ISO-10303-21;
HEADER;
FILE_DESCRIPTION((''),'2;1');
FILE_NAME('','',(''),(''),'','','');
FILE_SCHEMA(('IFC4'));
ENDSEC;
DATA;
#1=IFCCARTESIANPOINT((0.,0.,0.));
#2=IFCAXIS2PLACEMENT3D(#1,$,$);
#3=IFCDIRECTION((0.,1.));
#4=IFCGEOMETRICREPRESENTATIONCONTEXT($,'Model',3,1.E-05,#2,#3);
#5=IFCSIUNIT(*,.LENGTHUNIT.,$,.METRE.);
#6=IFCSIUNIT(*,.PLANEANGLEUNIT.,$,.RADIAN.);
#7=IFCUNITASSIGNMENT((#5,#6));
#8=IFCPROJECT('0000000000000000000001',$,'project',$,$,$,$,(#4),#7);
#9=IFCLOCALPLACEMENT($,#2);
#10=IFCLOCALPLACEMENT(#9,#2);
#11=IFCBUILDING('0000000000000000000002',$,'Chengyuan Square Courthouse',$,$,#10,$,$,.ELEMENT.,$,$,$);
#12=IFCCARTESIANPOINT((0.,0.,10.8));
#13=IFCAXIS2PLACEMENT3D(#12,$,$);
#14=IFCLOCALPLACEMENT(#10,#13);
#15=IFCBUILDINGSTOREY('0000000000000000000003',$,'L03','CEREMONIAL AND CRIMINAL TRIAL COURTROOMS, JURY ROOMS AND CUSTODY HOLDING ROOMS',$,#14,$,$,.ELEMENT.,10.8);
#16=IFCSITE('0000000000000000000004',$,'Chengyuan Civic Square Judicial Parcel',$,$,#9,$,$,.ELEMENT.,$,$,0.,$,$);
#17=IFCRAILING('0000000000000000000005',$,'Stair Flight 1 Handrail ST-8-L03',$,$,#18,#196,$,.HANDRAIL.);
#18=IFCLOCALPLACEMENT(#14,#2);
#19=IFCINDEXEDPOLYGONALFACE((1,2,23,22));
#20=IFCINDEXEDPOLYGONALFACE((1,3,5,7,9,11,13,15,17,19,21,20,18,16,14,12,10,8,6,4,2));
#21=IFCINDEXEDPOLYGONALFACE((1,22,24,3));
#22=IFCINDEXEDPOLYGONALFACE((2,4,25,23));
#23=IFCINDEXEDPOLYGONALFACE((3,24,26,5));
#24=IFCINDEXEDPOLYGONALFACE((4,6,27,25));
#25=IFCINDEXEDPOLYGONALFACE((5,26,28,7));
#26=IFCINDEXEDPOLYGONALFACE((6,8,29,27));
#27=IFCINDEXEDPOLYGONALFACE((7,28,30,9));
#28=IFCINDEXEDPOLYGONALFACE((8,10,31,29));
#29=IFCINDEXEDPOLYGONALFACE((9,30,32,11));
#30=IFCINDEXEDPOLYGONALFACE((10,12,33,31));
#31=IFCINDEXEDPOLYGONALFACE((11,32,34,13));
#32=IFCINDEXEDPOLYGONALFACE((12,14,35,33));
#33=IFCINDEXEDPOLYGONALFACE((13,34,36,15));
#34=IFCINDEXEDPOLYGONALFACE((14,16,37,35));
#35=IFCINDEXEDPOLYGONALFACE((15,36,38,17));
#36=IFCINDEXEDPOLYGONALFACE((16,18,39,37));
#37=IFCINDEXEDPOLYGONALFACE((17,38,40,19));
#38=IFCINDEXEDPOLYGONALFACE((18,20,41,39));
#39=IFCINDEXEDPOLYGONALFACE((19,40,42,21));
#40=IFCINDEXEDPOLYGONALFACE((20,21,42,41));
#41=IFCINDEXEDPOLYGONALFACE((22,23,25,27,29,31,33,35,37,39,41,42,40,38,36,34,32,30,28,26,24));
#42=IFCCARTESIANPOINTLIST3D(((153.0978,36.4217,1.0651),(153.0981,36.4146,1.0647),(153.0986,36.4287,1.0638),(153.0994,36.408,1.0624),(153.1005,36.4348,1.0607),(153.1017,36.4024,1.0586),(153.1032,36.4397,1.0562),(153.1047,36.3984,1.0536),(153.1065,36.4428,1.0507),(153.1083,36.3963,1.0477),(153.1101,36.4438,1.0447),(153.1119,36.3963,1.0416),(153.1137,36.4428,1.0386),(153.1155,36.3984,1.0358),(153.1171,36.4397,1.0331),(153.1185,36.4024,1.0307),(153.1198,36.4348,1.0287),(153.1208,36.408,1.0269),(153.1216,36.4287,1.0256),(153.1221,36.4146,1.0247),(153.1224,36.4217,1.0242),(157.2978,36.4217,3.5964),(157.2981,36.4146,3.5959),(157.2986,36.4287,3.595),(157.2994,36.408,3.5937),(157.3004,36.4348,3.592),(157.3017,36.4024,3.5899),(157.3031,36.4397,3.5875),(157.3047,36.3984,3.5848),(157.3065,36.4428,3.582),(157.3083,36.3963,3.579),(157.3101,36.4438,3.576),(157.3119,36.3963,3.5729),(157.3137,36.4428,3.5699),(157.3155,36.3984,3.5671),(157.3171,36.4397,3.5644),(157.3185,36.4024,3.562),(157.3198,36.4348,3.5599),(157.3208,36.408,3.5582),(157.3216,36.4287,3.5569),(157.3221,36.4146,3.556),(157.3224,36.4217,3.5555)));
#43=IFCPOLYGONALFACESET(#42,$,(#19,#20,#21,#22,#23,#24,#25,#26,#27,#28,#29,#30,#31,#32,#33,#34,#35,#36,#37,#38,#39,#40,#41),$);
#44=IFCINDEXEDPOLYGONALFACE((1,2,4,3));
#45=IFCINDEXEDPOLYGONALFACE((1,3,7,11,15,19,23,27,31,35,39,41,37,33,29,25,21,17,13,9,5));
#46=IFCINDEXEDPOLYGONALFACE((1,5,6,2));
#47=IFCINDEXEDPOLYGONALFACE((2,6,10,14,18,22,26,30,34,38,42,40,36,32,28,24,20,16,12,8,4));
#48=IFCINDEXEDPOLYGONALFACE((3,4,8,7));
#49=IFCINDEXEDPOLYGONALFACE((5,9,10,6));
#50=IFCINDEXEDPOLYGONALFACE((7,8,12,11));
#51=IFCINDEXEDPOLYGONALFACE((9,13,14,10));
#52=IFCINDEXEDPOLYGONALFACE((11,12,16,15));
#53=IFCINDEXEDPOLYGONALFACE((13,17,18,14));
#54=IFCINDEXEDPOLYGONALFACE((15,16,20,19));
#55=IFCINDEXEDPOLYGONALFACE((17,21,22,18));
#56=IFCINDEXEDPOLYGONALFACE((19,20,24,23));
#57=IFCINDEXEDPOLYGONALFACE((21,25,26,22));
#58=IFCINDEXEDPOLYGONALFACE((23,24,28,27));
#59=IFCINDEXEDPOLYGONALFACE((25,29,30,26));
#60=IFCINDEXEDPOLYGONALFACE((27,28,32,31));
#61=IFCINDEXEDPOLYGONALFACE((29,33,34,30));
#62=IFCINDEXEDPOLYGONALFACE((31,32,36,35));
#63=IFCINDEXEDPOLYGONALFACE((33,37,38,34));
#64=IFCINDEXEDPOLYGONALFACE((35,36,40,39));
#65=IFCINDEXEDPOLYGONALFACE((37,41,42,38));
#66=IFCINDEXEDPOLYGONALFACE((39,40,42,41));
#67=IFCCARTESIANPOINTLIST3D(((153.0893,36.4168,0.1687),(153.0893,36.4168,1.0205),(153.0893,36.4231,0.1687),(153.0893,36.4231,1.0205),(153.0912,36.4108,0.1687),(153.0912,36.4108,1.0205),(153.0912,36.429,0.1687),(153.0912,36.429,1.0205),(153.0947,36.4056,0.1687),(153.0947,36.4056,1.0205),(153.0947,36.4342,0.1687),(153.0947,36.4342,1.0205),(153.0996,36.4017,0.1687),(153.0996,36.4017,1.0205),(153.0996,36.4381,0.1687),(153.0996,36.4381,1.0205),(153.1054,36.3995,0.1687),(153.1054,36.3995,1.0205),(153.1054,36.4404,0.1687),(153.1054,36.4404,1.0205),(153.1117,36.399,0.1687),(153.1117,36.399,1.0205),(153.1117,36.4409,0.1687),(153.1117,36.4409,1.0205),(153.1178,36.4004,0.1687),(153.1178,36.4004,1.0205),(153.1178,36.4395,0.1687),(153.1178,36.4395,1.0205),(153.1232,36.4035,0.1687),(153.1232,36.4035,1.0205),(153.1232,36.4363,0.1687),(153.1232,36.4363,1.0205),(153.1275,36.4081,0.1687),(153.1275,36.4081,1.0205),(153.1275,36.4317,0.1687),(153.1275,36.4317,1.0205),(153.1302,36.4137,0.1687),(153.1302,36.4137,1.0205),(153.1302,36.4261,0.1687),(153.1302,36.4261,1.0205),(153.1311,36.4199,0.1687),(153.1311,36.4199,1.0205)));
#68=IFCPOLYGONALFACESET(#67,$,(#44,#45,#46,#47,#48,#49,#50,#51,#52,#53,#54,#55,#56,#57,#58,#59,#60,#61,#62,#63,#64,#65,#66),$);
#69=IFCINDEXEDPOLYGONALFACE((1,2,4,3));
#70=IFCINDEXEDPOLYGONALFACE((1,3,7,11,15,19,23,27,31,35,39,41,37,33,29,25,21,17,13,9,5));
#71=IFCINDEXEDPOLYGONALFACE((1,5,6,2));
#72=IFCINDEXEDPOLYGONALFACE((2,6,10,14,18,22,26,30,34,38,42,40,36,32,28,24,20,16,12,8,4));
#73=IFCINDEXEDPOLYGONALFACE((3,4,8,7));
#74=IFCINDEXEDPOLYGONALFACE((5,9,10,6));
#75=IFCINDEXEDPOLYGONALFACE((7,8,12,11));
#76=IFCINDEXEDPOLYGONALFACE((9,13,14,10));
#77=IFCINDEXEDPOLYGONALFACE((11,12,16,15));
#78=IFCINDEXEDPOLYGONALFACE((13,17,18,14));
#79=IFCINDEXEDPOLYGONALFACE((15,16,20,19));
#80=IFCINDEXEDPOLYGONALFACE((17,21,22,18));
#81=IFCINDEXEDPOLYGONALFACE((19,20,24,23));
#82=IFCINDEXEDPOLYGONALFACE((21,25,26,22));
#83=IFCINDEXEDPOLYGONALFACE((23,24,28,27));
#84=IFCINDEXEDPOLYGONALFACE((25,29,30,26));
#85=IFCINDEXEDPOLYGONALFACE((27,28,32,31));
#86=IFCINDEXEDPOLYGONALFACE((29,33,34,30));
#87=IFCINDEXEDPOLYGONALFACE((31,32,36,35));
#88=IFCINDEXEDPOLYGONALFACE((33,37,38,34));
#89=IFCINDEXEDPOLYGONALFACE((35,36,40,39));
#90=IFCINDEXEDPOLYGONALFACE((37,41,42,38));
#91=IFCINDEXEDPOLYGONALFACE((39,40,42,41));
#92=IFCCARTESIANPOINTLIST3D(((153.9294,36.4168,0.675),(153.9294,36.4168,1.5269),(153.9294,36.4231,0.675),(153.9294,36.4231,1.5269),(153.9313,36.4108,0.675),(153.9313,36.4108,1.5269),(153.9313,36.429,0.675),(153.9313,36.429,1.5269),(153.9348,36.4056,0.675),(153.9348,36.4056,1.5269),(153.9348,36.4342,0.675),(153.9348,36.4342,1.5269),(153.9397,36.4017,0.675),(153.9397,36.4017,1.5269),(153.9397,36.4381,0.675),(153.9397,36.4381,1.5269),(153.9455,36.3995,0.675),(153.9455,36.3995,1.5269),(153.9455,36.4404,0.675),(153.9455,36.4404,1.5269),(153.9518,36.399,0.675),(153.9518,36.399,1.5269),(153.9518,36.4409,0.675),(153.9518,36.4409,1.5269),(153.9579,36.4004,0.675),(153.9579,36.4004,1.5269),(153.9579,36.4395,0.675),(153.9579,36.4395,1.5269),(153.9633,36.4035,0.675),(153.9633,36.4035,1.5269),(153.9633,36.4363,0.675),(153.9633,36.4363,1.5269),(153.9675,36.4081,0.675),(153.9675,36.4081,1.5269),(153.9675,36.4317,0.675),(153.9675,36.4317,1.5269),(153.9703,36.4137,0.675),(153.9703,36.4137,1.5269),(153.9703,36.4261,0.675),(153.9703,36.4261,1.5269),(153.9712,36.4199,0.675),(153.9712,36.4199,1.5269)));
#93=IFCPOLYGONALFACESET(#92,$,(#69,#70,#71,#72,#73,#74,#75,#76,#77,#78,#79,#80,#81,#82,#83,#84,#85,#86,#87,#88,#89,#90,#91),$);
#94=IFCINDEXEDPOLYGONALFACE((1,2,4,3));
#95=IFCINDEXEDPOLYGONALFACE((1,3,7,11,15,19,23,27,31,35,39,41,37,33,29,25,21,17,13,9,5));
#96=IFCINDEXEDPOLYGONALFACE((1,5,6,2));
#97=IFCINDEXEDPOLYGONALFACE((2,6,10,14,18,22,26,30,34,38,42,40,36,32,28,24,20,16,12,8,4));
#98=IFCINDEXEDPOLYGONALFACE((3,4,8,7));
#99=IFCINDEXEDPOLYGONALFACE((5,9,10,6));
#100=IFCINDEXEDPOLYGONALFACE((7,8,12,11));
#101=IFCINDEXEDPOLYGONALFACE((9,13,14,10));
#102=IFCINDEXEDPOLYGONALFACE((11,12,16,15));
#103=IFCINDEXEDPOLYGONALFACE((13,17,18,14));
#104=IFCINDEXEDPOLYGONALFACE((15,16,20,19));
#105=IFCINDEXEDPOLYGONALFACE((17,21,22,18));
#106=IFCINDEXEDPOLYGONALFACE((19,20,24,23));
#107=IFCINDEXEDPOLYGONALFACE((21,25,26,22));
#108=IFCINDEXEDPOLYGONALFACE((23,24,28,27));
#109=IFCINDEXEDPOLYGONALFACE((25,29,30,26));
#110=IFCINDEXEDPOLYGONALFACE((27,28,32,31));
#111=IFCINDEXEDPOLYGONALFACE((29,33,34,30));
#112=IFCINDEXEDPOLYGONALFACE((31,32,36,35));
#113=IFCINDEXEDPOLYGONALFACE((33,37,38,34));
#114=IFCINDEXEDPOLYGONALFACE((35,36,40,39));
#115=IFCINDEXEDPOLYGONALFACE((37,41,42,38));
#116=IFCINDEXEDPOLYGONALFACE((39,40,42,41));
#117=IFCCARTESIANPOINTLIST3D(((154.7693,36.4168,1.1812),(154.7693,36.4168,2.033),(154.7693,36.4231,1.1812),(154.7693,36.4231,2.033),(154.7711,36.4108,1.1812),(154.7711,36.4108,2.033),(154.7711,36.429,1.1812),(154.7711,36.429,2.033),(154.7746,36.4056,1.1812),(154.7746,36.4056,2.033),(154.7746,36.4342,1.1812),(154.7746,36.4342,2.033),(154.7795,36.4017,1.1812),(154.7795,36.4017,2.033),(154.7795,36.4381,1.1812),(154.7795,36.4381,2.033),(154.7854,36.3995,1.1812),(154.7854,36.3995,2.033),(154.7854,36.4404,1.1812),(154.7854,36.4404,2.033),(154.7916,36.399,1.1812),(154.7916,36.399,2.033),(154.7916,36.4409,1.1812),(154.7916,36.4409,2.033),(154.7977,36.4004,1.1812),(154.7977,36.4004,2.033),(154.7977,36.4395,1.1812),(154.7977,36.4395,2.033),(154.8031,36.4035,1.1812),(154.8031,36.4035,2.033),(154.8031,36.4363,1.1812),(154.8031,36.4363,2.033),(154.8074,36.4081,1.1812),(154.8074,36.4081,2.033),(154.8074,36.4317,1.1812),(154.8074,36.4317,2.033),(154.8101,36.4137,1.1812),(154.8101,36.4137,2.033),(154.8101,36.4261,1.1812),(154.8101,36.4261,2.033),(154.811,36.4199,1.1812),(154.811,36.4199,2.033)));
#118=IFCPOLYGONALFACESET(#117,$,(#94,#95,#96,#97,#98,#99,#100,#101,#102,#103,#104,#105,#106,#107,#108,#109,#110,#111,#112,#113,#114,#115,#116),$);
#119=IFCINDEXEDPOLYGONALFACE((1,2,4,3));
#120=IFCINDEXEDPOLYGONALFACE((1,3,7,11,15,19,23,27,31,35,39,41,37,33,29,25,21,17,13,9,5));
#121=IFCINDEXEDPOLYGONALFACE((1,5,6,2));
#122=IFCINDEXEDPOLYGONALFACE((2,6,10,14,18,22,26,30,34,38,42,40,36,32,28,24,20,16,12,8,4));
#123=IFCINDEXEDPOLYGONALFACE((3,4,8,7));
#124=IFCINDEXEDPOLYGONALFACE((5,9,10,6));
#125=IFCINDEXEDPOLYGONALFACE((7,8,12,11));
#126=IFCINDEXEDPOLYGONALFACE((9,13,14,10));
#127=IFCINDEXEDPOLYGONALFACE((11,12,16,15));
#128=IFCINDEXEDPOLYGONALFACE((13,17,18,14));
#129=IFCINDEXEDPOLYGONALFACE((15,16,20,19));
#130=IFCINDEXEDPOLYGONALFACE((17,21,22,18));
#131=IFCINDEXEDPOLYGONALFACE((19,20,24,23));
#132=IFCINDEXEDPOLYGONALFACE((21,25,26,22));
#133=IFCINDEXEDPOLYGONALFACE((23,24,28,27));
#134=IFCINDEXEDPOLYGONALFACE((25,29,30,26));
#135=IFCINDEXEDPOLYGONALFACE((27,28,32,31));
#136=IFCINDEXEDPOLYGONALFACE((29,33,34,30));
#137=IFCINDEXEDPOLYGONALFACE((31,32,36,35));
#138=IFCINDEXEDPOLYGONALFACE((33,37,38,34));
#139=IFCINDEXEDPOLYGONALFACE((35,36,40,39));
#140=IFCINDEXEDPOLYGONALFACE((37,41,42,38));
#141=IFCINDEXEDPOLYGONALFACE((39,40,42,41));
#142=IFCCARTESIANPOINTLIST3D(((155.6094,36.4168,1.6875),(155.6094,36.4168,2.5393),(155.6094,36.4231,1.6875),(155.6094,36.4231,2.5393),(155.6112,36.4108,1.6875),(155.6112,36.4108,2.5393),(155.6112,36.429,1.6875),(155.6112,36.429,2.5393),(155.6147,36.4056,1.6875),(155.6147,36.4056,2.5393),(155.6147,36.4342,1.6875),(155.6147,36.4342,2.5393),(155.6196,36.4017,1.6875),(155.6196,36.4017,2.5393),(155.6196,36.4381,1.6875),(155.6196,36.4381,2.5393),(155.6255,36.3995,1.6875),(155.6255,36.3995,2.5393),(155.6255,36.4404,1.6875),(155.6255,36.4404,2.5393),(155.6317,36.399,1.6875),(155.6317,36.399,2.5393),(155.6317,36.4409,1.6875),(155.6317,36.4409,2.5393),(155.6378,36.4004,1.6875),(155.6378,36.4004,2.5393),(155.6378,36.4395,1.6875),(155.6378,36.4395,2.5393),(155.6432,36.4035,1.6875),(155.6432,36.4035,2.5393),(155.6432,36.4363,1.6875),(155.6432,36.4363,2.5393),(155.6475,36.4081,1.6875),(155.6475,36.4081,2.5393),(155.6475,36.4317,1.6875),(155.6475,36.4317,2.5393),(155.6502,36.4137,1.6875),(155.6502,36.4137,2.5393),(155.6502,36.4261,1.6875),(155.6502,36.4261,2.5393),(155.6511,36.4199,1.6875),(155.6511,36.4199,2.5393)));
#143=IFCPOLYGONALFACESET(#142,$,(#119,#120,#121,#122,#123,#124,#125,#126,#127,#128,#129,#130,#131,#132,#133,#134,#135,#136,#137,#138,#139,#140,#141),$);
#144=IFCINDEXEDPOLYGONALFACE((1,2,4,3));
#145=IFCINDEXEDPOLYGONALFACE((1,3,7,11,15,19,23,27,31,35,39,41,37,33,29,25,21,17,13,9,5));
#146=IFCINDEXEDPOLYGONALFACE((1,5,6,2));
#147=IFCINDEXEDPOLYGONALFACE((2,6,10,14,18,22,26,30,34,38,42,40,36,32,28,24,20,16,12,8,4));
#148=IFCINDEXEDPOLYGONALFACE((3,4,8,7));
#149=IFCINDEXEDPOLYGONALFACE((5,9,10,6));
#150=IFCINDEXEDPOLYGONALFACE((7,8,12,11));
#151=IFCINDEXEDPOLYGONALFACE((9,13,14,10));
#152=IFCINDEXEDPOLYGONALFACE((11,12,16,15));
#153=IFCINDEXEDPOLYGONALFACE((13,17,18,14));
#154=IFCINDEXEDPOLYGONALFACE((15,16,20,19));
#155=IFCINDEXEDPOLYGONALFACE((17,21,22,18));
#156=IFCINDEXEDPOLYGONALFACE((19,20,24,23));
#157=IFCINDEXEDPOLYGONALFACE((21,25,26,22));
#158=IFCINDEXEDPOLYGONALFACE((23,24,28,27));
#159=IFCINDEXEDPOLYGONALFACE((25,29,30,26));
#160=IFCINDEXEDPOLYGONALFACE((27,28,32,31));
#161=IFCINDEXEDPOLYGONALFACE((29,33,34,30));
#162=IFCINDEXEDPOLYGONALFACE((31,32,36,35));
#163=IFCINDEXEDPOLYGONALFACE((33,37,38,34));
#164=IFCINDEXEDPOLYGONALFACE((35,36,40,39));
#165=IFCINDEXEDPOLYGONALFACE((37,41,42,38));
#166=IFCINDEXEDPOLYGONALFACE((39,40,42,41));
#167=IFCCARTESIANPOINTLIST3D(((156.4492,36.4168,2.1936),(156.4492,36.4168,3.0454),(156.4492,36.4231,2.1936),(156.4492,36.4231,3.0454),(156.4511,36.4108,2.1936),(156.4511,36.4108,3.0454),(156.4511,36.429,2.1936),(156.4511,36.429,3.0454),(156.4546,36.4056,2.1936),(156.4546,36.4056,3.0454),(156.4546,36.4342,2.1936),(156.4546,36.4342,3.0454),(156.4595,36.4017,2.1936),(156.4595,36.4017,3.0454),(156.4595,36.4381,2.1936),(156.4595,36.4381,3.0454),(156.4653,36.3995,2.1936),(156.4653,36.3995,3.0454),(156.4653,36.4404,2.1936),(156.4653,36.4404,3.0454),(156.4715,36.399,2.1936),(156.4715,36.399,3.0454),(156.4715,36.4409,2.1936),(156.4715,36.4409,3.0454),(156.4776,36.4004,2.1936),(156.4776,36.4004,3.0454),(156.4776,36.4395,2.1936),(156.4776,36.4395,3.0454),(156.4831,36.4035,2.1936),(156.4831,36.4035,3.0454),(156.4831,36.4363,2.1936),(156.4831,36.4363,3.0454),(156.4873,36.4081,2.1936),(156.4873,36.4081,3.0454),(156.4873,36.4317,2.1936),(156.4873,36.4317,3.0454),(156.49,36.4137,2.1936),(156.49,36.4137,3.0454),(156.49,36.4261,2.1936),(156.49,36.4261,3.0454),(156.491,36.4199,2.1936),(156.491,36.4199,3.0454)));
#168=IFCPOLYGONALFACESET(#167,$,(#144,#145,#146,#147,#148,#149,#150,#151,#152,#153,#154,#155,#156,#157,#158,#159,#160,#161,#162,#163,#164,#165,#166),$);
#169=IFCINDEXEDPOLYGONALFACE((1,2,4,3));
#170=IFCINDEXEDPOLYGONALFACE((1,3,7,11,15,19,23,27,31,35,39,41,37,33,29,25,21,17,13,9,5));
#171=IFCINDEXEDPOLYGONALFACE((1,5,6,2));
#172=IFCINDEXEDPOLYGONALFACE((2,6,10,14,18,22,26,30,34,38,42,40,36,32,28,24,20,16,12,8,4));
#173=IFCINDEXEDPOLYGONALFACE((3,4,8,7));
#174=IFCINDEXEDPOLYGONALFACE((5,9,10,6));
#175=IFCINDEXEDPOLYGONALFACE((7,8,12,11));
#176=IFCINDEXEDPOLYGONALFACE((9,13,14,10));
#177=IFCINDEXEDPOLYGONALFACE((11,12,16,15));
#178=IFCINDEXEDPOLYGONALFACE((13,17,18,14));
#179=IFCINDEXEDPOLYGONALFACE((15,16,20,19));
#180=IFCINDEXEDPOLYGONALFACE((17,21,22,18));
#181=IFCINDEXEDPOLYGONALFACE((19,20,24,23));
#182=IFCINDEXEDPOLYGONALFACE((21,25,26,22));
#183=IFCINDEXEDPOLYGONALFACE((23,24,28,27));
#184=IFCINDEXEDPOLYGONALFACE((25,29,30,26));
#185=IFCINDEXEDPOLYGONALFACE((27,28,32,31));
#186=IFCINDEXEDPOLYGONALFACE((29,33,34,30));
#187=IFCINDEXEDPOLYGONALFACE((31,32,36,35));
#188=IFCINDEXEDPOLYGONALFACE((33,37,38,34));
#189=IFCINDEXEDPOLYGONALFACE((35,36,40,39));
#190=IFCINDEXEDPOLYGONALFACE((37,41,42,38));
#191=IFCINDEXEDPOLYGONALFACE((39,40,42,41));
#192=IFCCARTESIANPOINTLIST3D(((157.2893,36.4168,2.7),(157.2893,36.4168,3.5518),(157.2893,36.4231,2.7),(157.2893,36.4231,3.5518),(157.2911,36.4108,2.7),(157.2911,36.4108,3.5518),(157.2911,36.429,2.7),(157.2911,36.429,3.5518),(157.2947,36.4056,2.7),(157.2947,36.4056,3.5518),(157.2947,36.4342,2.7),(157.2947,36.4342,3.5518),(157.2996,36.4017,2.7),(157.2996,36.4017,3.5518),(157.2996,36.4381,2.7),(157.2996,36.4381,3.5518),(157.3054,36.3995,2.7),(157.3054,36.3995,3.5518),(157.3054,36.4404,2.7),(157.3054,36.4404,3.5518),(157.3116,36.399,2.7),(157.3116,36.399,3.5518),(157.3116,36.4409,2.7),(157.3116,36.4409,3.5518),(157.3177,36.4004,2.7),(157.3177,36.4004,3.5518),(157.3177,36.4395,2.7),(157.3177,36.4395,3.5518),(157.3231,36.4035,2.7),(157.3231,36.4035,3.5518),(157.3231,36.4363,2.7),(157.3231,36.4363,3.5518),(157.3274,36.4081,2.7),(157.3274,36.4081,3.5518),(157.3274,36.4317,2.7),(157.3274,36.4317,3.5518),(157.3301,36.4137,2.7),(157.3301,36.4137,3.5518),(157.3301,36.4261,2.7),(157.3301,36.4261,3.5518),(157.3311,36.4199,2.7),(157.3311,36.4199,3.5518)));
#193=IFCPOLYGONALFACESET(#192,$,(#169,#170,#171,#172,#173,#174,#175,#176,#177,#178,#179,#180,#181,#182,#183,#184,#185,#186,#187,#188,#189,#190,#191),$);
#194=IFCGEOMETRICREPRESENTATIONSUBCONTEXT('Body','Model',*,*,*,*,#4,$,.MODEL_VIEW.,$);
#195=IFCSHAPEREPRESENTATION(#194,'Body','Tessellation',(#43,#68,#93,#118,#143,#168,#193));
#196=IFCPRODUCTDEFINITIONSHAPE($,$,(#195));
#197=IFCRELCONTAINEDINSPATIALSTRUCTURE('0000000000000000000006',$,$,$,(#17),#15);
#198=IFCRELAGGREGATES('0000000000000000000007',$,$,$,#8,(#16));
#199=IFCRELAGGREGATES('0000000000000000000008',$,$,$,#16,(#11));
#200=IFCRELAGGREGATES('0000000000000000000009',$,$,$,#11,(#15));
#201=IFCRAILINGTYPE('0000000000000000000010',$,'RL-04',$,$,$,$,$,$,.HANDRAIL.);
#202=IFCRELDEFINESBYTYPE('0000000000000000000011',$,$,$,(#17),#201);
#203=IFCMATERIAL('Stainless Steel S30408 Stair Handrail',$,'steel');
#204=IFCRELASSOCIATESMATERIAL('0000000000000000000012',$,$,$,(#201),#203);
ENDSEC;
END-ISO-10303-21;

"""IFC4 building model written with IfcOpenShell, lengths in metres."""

from ifc_helpers import new_model, si_unit, direction, frame, origin, origin_2d, place, context, subcontext, project, spatial, circle, extrude, material, type_object, element, save


model = new_model("IFC4")

# Units and contexts
model_context = context("Model", 3, precision=1e-05, world=origin(), true_north=direction((0.0, 1.0)))
body_context = subcontext(model_context, "Body", "Model", "MODEL_VIEW")
ifc_project = project(units=[si_unit("LENGTHUNIT", "METRE"), si_unit("PLANEANGLEUNIT", "RADIAN")], contexts=[model_context])

# Site, building, storey
site_placement = place(None, origin())
site = spatial("IfcSite", under=ifc_project, at=site_placement, Name="Chengyuan Civic Square Judicial Parcel", CompositionType="ELEMENT", RefElevation=0.0)
building_placement = place(site_placement, origin())
building = spatial("IfcBuilding", under=site, at=building_placement, Name="Chengyuan Square Courthouse", CompositionType="ELEMENT")
storey_placement = place(building_placement, frame((0.0, 0.0, 10.8)))
storey = spatial("IfcBuildingStorey", under=building, at=storey_placement, Name="L03", Description="CEREMONIAL AND CRIMINAL TRIAL COURTROOMS, JURY ROOMS AND CUSTODY HOLDING ROOMS", CompositionType="ELEMENT", Elevation=10.8)

# Railing
ifc_material_1 = material(Name="Stainless Steel S30408 Stair Handrail", Category="steel")
railing_type_1 = type_object("IfcRailingType", Name="RL-04", PredefinedType="HANDRAIL", material=ifc_material_1)
railing_1_placement = place(storey_placement, frame((153.1101, 36.4199, 0.1687)))
element("IfcRailing", 1, at=railing_1_placement, inside=storey, type_object=railing_type_1, Name="Stair Flight 1 Handrail ST-8-L03", PredefinedType="HANDRAIL", context=body_context, shape_type="SweptSolid", body=[
    extrude(circle(Radius=0.0239, at=origin_2d()), frame((0.0, 0.0, 0.876), z_axis=(0.856476, 0.0, 0.516186), x_axis=(0.0, 1.0, 0.0)), (0.0, 0.0, 1.0), 4.9038),
    extrude(circle(Radius=0.021, at=origin_2d()), origin(), (0.0, 0.0, 1.0), 0.8518),
    extrude(circle(Radius=0.021, at=origin_2d()), frame((0.8401, 0.0, 0.5063)), (0.0, 0.0, 1.0), 0.8518),
    extrude(circle(Radius=0.021, at=origin_2d()), frame((1.6799, 0.0, 1.0125)), (0.0, 0.0, 1.0), 0.8518),
    extrude(circle(Radius=0.021, at=origin_2d()), frame((2.52, 0.0, 1.5188)), (0.0, 0.0, 1.0), 0.8518),
    extrude(circle(Radius=0.021, at=origin_2d()), frame((3.3599, 0.0, 2.0249)), (0.0, 0.0, 1.0), 0.8518),
    extrude(circle(Radius=0.021, at=origin_2d()), frame((4.2, 0.0, 2.5312)), (0.0, 0.0, 1.0), 0.8518),
])

save(model, "model.ifc")
